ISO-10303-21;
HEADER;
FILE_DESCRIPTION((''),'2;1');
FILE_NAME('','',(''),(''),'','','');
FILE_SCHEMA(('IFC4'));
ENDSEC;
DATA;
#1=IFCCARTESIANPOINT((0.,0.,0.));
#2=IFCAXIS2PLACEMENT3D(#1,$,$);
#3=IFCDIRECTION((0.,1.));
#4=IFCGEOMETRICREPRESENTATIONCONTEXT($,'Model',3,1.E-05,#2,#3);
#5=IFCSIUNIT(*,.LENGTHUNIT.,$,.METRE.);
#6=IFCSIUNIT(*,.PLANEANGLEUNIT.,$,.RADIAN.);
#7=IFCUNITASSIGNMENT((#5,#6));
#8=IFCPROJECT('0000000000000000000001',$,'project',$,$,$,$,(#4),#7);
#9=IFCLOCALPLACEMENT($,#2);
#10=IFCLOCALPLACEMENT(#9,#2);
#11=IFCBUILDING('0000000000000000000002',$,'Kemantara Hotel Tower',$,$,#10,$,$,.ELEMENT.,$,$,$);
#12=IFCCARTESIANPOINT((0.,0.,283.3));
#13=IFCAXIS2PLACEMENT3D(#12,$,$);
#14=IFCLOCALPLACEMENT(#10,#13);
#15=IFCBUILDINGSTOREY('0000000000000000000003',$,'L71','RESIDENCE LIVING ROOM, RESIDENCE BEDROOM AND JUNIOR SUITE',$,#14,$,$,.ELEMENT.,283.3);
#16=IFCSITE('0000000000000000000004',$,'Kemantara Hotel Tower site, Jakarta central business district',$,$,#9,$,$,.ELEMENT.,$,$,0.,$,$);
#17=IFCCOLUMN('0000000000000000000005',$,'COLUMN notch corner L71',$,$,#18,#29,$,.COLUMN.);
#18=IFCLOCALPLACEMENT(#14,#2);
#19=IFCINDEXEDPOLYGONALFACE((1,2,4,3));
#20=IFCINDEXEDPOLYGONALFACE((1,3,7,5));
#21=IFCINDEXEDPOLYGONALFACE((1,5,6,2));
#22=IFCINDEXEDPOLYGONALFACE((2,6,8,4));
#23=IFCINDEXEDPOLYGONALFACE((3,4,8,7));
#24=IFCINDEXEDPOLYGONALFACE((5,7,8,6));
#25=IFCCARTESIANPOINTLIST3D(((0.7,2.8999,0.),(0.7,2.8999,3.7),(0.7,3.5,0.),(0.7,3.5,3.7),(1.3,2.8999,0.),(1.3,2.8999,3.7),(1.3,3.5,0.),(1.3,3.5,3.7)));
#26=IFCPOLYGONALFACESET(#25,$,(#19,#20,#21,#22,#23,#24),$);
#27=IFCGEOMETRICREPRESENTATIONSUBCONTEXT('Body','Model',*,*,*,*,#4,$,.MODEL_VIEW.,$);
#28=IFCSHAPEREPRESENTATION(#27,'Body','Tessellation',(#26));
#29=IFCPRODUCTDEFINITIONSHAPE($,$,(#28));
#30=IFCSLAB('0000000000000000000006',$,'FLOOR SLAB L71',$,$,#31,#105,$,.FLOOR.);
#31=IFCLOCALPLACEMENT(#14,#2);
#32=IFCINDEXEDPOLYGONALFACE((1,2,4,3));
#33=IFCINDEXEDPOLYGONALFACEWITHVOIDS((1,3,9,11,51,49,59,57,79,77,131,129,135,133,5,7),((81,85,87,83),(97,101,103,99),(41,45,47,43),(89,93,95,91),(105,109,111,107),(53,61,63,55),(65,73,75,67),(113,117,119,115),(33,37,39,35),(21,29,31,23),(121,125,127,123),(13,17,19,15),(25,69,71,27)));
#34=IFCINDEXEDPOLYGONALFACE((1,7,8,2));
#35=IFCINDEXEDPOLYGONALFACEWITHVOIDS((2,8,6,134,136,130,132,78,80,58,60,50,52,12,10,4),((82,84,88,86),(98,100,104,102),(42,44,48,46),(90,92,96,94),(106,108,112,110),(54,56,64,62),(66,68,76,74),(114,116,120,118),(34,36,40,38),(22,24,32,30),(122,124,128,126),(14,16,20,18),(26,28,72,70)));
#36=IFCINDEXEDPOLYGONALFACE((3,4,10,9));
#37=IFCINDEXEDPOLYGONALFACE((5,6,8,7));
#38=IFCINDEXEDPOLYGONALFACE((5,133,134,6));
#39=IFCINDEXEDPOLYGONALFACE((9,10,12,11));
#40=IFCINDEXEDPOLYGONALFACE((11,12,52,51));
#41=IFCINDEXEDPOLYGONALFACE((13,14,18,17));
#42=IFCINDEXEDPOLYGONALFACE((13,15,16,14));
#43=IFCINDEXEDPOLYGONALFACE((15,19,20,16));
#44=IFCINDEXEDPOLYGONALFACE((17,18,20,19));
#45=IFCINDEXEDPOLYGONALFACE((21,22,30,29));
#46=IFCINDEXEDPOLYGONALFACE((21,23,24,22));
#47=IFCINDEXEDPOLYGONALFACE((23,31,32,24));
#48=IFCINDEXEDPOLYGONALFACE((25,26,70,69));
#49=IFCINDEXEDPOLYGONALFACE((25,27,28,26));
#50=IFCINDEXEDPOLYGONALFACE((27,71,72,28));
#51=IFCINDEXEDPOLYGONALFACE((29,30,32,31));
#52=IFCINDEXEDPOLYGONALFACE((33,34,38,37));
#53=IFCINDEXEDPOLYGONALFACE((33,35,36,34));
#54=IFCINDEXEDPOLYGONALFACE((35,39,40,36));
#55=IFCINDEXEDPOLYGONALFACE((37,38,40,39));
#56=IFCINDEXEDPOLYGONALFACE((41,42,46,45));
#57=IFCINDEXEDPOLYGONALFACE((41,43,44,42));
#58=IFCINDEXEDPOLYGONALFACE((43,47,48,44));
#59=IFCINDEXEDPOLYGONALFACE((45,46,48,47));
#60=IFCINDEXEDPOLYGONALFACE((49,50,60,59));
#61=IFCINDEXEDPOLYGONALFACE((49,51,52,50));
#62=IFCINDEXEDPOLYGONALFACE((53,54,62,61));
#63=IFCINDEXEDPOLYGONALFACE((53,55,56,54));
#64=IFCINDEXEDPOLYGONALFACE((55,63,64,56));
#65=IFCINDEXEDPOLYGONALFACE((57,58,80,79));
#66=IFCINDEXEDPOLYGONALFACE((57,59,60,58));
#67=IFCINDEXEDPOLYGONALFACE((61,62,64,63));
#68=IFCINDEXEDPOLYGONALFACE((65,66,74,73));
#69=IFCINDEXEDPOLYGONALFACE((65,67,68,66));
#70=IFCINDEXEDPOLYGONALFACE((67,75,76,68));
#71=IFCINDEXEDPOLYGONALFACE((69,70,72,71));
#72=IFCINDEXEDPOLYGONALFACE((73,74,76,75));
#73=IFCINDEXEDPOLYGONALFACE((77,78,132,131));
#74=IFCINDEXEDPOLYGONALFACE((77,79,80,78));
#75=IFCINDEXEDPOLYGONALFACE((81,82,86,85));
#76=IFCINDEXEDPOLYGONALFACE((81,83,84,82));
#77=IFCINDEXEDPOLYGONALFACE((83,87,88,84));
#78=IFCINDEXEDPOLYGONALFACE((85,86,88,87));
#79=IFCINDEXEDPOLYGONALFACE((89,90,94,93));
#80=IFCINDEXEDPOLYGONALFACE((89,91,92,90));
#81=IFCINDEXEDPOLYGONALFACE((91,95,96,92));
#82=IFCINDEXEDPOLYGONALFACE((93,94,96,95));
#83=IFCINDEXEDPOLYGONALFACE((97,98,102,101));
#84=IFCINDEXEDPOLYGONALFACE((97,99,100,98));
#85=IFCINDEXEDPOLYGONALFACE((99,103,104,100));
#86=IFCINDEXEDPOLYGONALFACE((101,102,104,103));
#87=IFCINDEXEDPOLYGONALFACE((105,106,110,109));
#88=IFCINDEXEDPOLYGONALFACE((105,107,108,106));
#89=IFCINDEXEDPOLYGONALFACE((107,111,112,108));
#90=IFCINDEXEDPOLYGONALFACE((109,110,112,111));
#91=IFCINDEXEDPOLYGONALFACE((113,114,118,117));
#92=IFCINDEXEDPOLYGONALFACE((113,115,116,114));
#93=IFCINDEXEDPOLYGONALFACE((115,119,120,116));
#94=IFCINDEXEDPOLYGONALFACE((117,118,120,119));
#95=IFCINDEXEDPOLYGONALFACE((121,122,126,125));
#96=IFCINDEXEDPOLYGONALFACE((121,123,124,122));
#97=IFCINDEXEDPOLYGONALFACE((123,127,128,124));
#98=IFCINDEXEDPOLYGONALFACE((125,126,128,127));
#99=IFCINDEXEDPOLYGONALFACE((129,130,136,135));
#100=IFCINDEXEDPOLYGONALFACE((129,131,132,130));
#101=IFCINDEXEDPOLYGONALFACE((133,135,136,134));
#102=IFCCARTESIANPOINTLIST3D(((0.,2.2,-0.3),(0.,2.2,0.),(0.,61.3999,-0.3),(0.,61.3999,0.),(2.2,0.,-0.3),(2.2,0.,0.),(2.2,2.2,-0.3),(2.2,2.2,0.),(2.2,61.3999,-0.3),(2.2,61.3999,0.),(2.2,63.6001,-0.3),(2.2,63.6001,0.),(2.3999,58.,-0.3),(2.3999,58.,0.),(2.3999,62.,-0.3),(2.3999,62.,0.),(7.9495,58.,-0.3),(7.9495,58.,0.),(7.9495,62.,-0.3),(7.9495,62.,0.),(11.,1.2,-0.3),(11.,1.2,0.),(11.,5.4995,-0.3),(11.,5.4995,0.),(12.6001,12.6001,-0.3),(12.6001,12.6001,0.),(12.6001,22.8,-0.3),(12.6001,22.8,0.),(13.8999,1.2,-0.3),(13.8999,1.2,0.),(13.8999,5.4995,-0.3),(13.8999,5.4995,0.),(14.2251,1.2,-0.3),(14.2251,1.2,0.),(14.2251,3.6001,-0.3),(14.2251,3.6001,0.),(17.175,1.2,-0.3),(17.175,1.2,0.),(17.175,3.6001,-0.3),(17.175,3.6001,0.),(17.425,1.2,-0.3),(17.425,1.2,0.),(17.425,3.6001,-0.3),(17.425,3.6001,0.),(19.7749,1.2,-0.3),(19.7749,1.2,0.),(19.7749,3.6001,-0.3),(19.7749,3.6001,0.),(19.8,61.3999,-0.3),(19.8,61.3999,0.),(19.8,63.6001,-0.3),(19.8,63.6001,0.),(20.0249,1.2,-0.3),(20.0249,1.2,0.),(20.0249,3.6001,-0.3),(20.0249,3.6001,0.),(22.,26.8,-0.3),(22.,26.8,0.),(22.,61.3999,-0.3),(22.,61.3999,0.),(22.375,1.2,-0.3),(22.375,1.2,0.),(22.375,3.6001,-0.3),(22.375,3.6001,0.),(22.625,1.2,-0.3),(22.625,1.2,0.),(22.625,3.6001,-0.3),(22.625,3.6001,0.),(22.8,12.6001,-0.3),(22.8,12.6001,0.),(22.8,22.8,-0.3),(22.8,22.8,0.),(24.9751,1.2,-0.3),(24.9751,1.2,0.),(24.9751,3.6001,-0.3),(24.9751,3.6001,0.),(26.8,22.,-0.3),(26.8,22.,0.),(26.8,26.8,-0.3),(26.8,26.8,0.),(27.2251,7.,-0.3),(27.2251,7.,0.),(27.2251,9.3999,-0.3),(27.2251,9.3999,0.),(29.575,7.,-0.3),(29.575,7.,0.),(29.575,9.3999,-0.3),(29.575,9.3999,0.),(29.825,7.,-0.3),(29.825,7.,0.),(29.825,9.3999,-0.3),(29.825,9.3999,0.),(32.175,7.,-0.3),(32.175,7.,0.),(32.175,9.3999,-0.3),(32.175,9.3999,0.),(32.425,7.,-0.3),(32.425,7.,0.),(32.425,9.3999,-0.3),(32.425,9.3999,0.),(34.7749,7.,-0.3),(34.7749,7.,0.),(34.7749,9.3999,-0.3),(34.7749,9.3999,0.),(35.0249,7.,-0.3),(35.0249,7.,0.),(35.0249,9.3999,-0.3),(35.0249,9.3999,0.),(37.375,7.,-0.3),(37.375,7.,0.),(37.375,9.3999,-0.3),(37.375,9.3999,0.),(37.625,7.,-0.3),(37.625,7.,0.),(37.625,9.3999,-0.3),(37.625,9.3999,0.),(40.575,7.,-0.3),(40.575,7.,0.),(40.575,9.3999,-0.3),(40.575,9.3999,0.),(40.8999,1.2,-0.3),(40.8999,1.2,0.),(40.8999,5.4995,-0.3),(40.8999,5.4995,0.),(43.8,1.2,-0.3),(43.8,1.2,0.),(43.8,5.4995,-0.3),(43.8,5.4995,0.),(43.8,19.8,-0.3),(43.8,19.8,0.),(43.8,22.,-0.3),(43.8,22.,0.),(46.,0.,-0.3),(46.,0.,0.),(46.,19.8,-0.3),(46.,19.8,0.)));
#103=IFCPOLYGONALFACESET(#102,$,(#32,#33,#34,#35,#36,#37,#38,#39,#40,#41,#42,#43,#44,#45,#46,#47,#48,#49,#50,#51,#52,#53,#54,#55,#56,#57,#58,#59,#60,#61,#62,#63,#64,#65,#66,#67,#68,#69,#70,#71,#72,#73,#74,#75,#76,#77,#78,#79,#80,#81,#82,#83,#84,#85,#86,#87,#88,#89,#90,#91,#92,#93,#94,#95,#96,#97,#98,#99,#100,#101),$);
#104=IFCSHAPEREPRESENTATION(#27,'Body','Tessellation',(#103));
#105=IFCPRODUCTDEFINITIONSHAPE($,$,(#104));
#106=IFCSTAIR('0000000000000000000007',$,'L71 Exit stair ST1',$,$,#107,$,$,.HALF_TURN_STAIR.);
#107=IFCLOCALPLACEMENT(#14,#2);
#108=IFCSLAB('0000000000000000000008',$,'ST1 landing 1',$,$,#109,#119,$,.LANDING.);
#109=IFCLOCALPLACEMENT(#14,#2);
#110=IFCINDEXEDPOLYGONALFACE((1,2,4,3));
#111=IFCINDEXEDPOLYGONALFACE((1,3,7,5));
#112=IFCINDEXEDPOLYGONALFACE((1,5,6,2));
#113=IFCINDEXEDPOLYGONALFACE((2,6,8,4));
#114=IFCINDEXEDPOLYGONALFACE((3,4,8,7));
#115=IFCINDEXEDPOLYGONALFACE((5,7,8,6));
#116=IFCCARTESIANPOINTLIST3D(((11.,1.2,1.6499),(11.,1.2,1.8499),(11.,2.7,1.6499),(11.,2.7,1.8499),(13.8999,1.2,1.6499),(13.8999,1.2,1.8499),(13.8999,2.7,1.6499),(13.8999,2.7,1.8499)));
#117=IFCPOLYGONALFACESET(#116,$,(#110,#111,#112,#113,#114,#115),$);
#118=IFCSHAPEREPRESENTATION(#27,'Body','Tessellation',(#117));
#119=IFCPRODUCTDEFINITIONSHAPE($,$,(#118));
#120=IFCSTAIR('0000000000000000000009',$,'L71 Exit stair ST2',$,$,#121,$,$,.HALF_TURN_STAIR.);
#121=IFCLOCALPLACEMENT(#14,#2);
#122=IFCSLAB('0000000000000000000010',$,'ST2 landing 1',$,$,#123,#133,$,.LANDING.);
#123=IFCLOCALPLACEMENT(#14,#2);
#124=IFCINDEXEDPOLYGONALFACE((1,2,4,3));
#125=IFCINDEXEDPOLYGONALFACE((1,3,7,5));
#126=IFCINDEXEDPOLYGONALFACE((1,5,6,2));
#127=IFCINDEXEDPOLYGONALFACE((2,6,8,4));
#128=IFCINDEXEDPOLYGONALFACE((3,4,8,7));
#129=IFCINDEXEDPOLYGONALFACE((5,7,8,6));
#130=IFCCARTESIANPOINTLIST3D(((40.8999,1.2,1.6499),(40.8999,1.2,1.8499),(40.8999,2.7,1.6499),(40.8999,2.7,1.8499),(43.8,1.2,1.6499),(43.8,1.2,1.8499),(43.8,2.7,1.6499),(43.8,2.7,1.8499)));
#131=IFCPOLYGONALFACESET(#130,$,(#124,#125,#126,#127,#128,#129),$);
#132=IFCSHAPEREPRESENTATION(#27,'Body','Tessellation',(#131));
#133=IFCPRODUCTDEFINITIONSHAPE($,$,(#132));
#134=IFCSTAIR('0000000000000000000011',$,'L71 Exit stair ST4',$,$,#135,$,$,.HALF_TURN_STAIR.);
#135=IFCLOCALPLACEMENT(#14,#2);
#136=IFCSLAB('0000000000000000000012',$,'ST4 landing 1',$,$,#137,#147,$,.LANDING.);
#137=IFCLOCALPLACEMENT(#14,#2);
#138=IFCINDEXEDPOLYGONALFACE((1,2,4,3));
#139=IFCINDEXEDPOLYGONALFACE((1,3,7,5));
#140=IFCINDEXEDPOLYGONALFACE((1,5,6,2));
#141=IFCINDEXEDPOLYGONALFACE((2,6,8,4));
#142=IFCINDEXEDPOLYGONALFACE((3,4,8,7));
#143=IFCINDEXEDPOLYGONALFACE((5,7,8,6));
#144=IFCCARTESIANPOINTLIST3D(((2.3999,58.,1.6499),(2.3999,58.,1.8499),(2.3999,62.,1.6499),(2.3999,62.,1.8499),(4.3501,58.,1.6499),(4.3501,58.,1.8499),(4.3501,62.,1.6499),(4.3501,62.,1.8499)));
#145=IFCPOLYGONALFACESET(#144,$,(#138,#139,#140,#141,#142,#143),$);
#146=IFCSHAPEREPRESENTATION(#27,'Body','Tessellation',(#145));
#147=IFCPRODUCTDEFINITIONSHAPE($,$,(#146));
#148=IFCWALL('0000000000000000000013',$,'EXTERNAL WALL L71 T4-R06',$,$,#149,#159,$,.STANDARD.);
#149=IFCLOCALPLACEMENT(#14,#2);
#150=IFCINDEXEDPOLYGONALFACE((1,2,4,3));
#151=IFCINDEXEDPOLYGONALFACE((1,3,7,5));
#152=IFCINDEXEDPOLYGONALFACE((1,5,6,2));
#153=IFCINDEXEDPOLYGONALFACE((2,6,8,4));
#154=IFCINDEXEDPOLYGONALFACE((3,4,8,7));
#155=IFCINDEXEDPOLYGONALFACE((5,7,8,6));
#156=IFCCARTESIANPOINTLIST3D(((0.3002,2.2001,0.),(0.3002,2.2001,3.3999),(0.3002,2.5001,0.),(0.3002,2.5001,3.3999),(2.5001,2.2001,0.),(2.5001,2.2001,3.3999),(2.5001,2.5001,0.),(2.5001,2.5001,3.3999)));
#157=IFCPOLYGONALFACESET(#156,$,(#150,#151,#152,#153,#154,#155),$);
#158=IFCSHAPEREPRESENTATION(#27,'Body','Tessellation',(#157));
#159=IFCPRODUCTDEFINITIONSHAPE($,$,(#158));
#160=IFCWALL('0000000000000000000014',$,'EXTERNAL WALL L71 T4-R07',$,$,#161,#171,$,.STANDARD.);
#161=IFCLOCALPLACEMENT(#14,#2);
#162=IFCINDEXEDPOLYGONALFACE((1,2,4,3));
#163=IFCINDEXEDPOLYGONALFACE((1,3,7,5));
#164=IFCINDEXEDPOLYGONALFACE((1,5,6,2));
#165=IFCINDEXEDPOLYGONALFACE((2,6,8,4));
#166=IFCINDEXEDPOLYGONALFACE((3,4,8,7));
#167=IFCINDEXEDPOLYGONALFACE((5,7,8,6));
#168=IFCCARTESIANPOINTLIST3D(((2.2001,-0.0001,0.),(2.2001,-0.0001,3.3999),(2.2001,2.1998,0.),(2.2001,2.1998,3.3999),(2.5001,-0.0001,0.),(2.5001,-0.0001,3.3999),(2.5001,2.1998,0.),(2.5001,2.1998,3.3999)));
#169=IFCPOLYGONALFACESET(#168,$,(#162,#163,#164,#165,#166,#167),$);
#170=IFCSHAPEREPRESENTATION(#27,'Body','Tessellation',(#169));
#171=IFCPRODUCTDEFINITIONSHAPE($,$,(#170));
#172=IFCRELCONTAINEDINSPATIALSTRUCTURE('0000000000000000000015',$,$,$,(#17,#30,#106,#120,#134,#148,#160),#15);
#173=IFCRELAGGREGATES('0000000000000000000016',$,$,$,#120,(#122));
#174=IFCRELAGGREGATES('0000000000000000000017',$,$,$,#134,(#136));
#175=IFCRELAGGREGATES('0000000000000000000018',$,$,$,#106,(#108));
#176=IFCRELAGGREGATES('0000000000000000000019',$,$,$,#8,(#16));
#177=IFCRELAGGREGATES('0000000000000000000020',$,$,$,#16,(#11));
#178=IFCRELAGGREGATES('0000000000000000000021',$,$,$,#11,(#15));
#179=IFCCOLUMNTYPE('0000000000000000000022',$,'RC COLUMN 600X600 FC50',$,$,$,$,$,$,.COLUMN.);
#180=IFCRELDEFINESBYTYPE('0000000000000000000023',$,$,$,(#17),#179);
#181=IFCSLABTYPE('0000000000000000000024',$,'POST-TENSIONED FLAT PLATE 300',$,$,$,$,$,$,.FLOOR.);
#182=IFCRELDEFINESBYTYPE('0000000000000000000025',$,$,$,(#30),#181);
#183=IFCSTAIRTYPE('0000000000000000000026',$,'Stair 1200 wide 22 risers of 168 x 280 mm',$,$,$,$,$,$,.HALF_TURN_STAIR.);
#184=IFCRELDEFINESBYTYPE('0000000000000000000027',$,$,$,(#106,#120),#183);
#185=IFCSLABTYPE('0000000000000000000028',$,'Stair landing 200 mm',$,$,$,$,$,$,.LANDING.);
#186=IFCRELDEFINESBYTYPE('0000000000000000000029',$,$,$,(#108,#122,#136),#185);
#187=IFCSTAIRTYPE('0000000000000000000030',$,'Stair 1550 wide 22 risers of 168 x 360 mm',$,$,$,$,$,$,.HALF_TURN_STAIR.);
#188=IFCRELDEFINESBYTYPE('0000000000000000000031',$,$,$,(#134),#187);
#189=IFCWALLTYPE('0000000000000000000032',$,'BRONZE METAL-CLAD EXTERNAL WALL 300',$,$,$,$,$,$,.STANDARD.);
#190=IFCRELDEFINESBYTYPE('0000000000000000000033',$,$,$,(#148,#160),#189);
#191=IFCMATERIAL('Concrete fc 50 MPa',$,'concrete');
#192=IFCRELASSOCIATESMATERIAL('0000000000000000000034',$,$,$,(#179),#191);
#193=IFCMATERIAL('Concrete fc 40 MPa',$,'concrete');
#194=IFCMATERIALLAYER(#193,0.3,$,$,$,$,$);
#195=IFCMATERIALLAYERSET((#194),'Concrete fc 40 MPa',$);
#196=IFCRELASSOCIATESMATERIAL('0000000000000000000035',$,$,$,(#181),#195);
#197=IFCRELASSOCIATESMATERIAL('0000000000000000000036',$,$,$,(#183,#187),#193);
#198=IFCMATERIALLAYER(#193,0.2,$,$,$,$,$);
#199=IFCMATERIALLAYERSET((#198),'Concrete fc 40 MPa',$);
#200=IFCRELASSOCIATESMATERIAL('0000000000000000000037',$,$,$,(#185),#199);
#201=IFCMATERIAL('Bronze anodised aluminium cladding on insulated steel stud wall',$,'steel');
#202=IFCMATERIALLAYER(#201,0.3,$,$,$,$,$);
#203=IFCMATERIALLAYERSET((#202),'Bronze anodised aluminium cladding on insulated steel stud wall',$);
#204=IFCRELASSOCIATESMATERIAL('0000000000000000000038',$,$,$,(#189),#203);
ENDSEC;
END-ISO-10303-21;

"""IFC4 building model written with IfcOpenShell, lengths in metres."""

from ifc_helpers import new_model, si_unit, direction, frame, frame_2d, origin, origin_2d, place, context, subcontext, project, spatial, polyline, rectangle, outline, extrude, material, layer, layer_set, material_profile, profile_set, type_object, element, aggregate, save


model = new_model("IFC4")

# Units and contexts
model_context = context("Model", 3, precision=1e-05, world=origin(), true_north=direction((0.0, 1.0)))
body_context = subcontext(model_context, "Body", "Model", "MODEL_VIEW")
ifc_project = project(units=[si_unit("LENGTHUNIT", "METRE"), si_unit("PLANEANGLEUNIT", "RADIAN")], contexts=[model_context])

# Site, building, storey
site_placement = place(None, origin())
site = spatial("IfcSite", under=ifc_project, at=site_placement, Name="Kemantara Hotel Tower site, Jakarta central business district", CompositionType="ELEMENT", RefElevation=0.0)
building_placement = place(site_placement, origin())
building = spatial("IfcBuilding", under=site, at=building_placement, Name="Kemantara Hotel Tower", CompositionType="ELEMENT")
storey_placement = place(building_placement, frame((0.0, 0.0, 283.3)))
storey = spatial("IfcBuildingStorey", under=building, at=storey_placement, Name="L71", Description="RESIDENCE LIVING ROOM, RESIDENCE BEDROOM AND JUNIOR SUITE", CompositionType="ELEMENT", Elevation=283.3)

# Column
ifc_material_1 = material(Name="Concrete fc 50 MPa", Category="concrete")
ifc_material_profile = material_profile(ifc_material_1, rectangle(XDim=0.6001, YDim=0.6001, at=origin_2d()), Name="RC 600X600")
ifc_profile_set = profile_set([ifc_material_profile], Name="Concrete fc 50 MPa")
column_type = type_object("IfcColumnType", Name="RC COLUMN 600X600 FC50", PredefinedType="COLUMN", material=ifc_profile_set)
column_placement = place(storey_placement, frame((1.0, 3.2, 0.0), z_axis=(0.0, 0.0, 1.0), x_axis=(1.0, 0.0, 0.0)))
element("IfcColumn", 1, at=column_placement, inside=storey, type_object=column_type, Name="COLUMN notch corner L71", PredefinedType="COLUMN", context=body_context, shape_type="SweptSolid", body=[
    extrude(rectangle(XDim=0.6001, YDim=0.6001, at=origin_2d()), origin(), (0.0, 0.0, 1.0), 3.7),
])

# Slab
ifc_material_2 = material(Name="Concrete fc 40 MPa", Category="concrete")
ifc_layer_1 = layer(ifc_material_2, 0.3)
ifc_layer_set_1 = layer_set([ifc_layer_1], Name="Concrete fc 40 MPa")
slab_type_1 = type_object("IfcSlabType", Name="POST-TENSIONED FLAT PLATE 300", PredefinedType="FLOOR", material=ifc_layer_set_1)
slab_1_placement = place(storey_placement, frame((0.0, 0.0, -0.3)))
element("IfcSlab", 2, at=slab_1_placement, inside=storey, type_object=slab_type_1, Name="FLOOR SLAB L71", PredefinedType="FLOOR", context=body_context, shape_type="SweptSolid", body=[
    extrude(outline(polyline([(22.0, 26.8), (22.0, 61.3999), (19.8, 61.3999), (19.8, 63.6001), (2.2, 63.6001), (2.2, 61.3999), (0.0, 61.3999), (0.0, 2.2), (2.2, 2.2), (2.2, 0.0), (46.0, 0.0), (46.0, 19.8), (43.8, 19.8), (43.8, 22.0), (26.8, 22.0), (26.8, 26.8), (22.0, 26.8)]), holes=[polyline([(17.175, 3.6001), (17.175, 1.2), (14.2251, 1.2), (14.2251, 3.6001), (17.175, 3.6001)]), polyline([(19.7749, 1.2), (17.425, 1.2), (17.425, 3.6001), (19.7749, 3.6001), (19.7749, 1.2)]), polyline([(22.375, 1.2), (20.0249, 1.2), (20.0249, 3.6001), (22.375, 3.6001), (22.375, 1.2)]), polyline([(24.9751, 3.6001), (24.9751, 1.2), (22.625, 1.2), (22.625, 3.6001), (24.9751, 3.6001)]), polyline([(11.0, 1.2), (11.0, 5.4995), (13.8999, 5.4995), (13.8999, 1.2), (11.0, 1.2)]), polyline([(22.8, 12.6001), (12.6001, 12.6001), (12.6001, 22.8), (22.8, 22.8), (22.8, 12.6001)]), polyline([(2.3999, 58.0), (2.3999, 62.0), (7.9495, 62.0), (7.9495, 58.0), (2.3999, 58.0)]), polyline([(40.8999, 1.2), (40.8999, 5.4995), (43.8, 5.4995), (43.8, 1.2), (40.8999, 1.2)]), polyline([(29.575, 7.0), (27.2251, 7.0), (27.2251, 9.3999), (29.575, 9.3999), (29.575, 7.0)]), polyline([(32.175, 7.0), (29.825, 7.0), (29.825, 9.3999), (32.175, 9.3999), (32.175, 7.0)]), polyline([(34.7749, 7.0), (32.425, 7.0), (32.425, 9.3999), (34.7749, 9.3999), (34.7749, 7.0)]), polyline([(37.375, 7.0), (35.0249, 7.0), (35.0249, 9.3999), (37.375, 9.3999), (37.375, 7.0)]), polyline([(40.575, 7.0), (37.625, 7.0), (37.625, 9.3999), (40.575, 9.3999), (40.575, 7.0)])]), origin(), (0.0, 0.0, 1.0), 0.3),
])

# Stairs, slabs
stair_type_1 = type_object("IfcStairType", Name="Stair 1200 wide 22 risers of 168 x 280 mm", PredefinedType="HALF_TURN_STAIR", material=ifc_material_2)
stair_1_placement = place(storey_placement, origin())
stair_1 = element("IfcStair", 3, at=stair_1_placement, inside=storey, type_object=stair_type_1, Name="L71 Exit stair ST1", PredefinedType="HALF_TURN_STAIR")
ifc_layer_2 = layer(ifc_material_2, 0.2)
ifc_layer_set_2 = layer_set([ifc_layer_2], Name="Concrete fc 40 MPa")
slab_type_2 = type_object("IfcSlabType", Name="Stair landing 200 mm", PredefinedType="LANDING", material=ifc_layer_set_2)
slab_2_placement = place(storey_placement, frame((0.0, 0.0, 1.6499)))
slab_2 = element("IfcSlab", 4, at=slab_2_placement, type_object=slab_type_2, Name="ST1 landing 1", PredefinedType="LANDING", context=body_context, shape_type="SweptSolid", body=[
    extrude(outline(polyline([(11.0, 2.7), (11.0, 1.2), (13.8999, 1.2), (13.8999, 2.7), (11.0, 2.7)])), origin(), (0.0, 0.0, 1.0), 0.2),
])
stair_2_placement = place(storey_placement, origin())
stair_2 = element("IfcStair", 5, at=stair_2_placement, inside=storey, type_object=stair_type_1, Name="L71 Exit stair ST2", PredefinedType="HALF_TURN_STAIR")
slab_3_placement = place(storey_placement, frame((0.0, 0.0, 1.6499)))
slab_3 = element("IfcSlab", 6, at=slab_3_placement, type_object=slab_type_2, Name="ST2 landing 1", PredefinedType="LANDING", context=body_context, shape_type="SweptSolid", body=[
    extrude(outline(polyline([(40.8999, 2.7), (40.8999, 1.2), (43.8, 1.2), (43.8, 2.7), (40.8999, 2.7)])), origin(), (0.0, 0.0, 1.0), 0.2),
])
aggregate(stair_2, [slab_3])
stair_type_2 = type_object("IfcStairType", Name="Stair 1550 wide 22 risers of 168 x 360 mm", PredefinedType="HALF_TURN_STAIR", material=ifc_material_2)
stair_3_placement = place(storey_placement, origin())
stair_3 = element("IfcStair", 7, at=stair_3_placement, inside=storey, type_object=stair_type_2, Name="L71 Exit stair ST4", PredefinedType="HALF_TURN_STAIR")
slab_4_placement = place(storey_placement, frame((0.0, 0.0, 1.6499)))
slab_4 = element("IfcSlab", 8, at=slab_4_placement, type_object=slab_type_2, Name="ST4 landing 1", PredefinedType="LANDING", context=body_context, shape_type="SweptSolid", body=[
    extrude(outline(polyline([(4.3501, 62.0), (2.3999, 62.0), (2.3999, 58.0), (4.3501, 58.0), (4.3501, 62.0)])), origin(), (0.0, 0.0, 1.0), 0.2),
])
aggregate(stair_3, [slab_4])

# Walls
ifc_material_3 = material(Name="Bronze anodised aluminium cladding on insulated steel stud wall", Category="steel")
ifc_layer_3 = layer(ifc_material_3, 0.3)
ifc_layer_set_3 = layer_set([ifc_layer_3], Name="Bronze anodised aluminium cladding on insulated steel stud wall")
wall_type_1 = type_object("IfcWallType", Name="BRONZE METAL-CLAD EXTERNAL WALL 300", PredefinedType="STANDARD", material=ifc_layer_set_3)
for number, where, z_axis, x_axis, name in (
    (9, (0.3, 2.3501, 0.0), (0.0, 0.0, 1.0), (1.0, 0.0, 0.0), "EXTERNAL WALL L71 T4-R06"),
    (10, (2.3501, 2.2, 0.0), (0.0, 0.0, 1.0), (0.0, -1.0, 0.0), "EXTERNAL WALL L71 T4-R07"),
):
    element("IfcWall", number, at=place(storey_placement, frame(where, z_axis=z_axis, x_axis=x_axis)), inside=storey, type_object=wall_type_1, Name=name, PredefinedType="STANDARD", context=body_context, shape_type="SweptSolid", body=[
        extrude(rectangle(XDim=2.2, YDim=0.3, at=frame_2d((1.1001, 0.0))), origin(), (0.0, 0.0, 1.0), 3.3999),
    ])

aggregate(stair_1, [slab_2])

save(model, "model.ifc")
